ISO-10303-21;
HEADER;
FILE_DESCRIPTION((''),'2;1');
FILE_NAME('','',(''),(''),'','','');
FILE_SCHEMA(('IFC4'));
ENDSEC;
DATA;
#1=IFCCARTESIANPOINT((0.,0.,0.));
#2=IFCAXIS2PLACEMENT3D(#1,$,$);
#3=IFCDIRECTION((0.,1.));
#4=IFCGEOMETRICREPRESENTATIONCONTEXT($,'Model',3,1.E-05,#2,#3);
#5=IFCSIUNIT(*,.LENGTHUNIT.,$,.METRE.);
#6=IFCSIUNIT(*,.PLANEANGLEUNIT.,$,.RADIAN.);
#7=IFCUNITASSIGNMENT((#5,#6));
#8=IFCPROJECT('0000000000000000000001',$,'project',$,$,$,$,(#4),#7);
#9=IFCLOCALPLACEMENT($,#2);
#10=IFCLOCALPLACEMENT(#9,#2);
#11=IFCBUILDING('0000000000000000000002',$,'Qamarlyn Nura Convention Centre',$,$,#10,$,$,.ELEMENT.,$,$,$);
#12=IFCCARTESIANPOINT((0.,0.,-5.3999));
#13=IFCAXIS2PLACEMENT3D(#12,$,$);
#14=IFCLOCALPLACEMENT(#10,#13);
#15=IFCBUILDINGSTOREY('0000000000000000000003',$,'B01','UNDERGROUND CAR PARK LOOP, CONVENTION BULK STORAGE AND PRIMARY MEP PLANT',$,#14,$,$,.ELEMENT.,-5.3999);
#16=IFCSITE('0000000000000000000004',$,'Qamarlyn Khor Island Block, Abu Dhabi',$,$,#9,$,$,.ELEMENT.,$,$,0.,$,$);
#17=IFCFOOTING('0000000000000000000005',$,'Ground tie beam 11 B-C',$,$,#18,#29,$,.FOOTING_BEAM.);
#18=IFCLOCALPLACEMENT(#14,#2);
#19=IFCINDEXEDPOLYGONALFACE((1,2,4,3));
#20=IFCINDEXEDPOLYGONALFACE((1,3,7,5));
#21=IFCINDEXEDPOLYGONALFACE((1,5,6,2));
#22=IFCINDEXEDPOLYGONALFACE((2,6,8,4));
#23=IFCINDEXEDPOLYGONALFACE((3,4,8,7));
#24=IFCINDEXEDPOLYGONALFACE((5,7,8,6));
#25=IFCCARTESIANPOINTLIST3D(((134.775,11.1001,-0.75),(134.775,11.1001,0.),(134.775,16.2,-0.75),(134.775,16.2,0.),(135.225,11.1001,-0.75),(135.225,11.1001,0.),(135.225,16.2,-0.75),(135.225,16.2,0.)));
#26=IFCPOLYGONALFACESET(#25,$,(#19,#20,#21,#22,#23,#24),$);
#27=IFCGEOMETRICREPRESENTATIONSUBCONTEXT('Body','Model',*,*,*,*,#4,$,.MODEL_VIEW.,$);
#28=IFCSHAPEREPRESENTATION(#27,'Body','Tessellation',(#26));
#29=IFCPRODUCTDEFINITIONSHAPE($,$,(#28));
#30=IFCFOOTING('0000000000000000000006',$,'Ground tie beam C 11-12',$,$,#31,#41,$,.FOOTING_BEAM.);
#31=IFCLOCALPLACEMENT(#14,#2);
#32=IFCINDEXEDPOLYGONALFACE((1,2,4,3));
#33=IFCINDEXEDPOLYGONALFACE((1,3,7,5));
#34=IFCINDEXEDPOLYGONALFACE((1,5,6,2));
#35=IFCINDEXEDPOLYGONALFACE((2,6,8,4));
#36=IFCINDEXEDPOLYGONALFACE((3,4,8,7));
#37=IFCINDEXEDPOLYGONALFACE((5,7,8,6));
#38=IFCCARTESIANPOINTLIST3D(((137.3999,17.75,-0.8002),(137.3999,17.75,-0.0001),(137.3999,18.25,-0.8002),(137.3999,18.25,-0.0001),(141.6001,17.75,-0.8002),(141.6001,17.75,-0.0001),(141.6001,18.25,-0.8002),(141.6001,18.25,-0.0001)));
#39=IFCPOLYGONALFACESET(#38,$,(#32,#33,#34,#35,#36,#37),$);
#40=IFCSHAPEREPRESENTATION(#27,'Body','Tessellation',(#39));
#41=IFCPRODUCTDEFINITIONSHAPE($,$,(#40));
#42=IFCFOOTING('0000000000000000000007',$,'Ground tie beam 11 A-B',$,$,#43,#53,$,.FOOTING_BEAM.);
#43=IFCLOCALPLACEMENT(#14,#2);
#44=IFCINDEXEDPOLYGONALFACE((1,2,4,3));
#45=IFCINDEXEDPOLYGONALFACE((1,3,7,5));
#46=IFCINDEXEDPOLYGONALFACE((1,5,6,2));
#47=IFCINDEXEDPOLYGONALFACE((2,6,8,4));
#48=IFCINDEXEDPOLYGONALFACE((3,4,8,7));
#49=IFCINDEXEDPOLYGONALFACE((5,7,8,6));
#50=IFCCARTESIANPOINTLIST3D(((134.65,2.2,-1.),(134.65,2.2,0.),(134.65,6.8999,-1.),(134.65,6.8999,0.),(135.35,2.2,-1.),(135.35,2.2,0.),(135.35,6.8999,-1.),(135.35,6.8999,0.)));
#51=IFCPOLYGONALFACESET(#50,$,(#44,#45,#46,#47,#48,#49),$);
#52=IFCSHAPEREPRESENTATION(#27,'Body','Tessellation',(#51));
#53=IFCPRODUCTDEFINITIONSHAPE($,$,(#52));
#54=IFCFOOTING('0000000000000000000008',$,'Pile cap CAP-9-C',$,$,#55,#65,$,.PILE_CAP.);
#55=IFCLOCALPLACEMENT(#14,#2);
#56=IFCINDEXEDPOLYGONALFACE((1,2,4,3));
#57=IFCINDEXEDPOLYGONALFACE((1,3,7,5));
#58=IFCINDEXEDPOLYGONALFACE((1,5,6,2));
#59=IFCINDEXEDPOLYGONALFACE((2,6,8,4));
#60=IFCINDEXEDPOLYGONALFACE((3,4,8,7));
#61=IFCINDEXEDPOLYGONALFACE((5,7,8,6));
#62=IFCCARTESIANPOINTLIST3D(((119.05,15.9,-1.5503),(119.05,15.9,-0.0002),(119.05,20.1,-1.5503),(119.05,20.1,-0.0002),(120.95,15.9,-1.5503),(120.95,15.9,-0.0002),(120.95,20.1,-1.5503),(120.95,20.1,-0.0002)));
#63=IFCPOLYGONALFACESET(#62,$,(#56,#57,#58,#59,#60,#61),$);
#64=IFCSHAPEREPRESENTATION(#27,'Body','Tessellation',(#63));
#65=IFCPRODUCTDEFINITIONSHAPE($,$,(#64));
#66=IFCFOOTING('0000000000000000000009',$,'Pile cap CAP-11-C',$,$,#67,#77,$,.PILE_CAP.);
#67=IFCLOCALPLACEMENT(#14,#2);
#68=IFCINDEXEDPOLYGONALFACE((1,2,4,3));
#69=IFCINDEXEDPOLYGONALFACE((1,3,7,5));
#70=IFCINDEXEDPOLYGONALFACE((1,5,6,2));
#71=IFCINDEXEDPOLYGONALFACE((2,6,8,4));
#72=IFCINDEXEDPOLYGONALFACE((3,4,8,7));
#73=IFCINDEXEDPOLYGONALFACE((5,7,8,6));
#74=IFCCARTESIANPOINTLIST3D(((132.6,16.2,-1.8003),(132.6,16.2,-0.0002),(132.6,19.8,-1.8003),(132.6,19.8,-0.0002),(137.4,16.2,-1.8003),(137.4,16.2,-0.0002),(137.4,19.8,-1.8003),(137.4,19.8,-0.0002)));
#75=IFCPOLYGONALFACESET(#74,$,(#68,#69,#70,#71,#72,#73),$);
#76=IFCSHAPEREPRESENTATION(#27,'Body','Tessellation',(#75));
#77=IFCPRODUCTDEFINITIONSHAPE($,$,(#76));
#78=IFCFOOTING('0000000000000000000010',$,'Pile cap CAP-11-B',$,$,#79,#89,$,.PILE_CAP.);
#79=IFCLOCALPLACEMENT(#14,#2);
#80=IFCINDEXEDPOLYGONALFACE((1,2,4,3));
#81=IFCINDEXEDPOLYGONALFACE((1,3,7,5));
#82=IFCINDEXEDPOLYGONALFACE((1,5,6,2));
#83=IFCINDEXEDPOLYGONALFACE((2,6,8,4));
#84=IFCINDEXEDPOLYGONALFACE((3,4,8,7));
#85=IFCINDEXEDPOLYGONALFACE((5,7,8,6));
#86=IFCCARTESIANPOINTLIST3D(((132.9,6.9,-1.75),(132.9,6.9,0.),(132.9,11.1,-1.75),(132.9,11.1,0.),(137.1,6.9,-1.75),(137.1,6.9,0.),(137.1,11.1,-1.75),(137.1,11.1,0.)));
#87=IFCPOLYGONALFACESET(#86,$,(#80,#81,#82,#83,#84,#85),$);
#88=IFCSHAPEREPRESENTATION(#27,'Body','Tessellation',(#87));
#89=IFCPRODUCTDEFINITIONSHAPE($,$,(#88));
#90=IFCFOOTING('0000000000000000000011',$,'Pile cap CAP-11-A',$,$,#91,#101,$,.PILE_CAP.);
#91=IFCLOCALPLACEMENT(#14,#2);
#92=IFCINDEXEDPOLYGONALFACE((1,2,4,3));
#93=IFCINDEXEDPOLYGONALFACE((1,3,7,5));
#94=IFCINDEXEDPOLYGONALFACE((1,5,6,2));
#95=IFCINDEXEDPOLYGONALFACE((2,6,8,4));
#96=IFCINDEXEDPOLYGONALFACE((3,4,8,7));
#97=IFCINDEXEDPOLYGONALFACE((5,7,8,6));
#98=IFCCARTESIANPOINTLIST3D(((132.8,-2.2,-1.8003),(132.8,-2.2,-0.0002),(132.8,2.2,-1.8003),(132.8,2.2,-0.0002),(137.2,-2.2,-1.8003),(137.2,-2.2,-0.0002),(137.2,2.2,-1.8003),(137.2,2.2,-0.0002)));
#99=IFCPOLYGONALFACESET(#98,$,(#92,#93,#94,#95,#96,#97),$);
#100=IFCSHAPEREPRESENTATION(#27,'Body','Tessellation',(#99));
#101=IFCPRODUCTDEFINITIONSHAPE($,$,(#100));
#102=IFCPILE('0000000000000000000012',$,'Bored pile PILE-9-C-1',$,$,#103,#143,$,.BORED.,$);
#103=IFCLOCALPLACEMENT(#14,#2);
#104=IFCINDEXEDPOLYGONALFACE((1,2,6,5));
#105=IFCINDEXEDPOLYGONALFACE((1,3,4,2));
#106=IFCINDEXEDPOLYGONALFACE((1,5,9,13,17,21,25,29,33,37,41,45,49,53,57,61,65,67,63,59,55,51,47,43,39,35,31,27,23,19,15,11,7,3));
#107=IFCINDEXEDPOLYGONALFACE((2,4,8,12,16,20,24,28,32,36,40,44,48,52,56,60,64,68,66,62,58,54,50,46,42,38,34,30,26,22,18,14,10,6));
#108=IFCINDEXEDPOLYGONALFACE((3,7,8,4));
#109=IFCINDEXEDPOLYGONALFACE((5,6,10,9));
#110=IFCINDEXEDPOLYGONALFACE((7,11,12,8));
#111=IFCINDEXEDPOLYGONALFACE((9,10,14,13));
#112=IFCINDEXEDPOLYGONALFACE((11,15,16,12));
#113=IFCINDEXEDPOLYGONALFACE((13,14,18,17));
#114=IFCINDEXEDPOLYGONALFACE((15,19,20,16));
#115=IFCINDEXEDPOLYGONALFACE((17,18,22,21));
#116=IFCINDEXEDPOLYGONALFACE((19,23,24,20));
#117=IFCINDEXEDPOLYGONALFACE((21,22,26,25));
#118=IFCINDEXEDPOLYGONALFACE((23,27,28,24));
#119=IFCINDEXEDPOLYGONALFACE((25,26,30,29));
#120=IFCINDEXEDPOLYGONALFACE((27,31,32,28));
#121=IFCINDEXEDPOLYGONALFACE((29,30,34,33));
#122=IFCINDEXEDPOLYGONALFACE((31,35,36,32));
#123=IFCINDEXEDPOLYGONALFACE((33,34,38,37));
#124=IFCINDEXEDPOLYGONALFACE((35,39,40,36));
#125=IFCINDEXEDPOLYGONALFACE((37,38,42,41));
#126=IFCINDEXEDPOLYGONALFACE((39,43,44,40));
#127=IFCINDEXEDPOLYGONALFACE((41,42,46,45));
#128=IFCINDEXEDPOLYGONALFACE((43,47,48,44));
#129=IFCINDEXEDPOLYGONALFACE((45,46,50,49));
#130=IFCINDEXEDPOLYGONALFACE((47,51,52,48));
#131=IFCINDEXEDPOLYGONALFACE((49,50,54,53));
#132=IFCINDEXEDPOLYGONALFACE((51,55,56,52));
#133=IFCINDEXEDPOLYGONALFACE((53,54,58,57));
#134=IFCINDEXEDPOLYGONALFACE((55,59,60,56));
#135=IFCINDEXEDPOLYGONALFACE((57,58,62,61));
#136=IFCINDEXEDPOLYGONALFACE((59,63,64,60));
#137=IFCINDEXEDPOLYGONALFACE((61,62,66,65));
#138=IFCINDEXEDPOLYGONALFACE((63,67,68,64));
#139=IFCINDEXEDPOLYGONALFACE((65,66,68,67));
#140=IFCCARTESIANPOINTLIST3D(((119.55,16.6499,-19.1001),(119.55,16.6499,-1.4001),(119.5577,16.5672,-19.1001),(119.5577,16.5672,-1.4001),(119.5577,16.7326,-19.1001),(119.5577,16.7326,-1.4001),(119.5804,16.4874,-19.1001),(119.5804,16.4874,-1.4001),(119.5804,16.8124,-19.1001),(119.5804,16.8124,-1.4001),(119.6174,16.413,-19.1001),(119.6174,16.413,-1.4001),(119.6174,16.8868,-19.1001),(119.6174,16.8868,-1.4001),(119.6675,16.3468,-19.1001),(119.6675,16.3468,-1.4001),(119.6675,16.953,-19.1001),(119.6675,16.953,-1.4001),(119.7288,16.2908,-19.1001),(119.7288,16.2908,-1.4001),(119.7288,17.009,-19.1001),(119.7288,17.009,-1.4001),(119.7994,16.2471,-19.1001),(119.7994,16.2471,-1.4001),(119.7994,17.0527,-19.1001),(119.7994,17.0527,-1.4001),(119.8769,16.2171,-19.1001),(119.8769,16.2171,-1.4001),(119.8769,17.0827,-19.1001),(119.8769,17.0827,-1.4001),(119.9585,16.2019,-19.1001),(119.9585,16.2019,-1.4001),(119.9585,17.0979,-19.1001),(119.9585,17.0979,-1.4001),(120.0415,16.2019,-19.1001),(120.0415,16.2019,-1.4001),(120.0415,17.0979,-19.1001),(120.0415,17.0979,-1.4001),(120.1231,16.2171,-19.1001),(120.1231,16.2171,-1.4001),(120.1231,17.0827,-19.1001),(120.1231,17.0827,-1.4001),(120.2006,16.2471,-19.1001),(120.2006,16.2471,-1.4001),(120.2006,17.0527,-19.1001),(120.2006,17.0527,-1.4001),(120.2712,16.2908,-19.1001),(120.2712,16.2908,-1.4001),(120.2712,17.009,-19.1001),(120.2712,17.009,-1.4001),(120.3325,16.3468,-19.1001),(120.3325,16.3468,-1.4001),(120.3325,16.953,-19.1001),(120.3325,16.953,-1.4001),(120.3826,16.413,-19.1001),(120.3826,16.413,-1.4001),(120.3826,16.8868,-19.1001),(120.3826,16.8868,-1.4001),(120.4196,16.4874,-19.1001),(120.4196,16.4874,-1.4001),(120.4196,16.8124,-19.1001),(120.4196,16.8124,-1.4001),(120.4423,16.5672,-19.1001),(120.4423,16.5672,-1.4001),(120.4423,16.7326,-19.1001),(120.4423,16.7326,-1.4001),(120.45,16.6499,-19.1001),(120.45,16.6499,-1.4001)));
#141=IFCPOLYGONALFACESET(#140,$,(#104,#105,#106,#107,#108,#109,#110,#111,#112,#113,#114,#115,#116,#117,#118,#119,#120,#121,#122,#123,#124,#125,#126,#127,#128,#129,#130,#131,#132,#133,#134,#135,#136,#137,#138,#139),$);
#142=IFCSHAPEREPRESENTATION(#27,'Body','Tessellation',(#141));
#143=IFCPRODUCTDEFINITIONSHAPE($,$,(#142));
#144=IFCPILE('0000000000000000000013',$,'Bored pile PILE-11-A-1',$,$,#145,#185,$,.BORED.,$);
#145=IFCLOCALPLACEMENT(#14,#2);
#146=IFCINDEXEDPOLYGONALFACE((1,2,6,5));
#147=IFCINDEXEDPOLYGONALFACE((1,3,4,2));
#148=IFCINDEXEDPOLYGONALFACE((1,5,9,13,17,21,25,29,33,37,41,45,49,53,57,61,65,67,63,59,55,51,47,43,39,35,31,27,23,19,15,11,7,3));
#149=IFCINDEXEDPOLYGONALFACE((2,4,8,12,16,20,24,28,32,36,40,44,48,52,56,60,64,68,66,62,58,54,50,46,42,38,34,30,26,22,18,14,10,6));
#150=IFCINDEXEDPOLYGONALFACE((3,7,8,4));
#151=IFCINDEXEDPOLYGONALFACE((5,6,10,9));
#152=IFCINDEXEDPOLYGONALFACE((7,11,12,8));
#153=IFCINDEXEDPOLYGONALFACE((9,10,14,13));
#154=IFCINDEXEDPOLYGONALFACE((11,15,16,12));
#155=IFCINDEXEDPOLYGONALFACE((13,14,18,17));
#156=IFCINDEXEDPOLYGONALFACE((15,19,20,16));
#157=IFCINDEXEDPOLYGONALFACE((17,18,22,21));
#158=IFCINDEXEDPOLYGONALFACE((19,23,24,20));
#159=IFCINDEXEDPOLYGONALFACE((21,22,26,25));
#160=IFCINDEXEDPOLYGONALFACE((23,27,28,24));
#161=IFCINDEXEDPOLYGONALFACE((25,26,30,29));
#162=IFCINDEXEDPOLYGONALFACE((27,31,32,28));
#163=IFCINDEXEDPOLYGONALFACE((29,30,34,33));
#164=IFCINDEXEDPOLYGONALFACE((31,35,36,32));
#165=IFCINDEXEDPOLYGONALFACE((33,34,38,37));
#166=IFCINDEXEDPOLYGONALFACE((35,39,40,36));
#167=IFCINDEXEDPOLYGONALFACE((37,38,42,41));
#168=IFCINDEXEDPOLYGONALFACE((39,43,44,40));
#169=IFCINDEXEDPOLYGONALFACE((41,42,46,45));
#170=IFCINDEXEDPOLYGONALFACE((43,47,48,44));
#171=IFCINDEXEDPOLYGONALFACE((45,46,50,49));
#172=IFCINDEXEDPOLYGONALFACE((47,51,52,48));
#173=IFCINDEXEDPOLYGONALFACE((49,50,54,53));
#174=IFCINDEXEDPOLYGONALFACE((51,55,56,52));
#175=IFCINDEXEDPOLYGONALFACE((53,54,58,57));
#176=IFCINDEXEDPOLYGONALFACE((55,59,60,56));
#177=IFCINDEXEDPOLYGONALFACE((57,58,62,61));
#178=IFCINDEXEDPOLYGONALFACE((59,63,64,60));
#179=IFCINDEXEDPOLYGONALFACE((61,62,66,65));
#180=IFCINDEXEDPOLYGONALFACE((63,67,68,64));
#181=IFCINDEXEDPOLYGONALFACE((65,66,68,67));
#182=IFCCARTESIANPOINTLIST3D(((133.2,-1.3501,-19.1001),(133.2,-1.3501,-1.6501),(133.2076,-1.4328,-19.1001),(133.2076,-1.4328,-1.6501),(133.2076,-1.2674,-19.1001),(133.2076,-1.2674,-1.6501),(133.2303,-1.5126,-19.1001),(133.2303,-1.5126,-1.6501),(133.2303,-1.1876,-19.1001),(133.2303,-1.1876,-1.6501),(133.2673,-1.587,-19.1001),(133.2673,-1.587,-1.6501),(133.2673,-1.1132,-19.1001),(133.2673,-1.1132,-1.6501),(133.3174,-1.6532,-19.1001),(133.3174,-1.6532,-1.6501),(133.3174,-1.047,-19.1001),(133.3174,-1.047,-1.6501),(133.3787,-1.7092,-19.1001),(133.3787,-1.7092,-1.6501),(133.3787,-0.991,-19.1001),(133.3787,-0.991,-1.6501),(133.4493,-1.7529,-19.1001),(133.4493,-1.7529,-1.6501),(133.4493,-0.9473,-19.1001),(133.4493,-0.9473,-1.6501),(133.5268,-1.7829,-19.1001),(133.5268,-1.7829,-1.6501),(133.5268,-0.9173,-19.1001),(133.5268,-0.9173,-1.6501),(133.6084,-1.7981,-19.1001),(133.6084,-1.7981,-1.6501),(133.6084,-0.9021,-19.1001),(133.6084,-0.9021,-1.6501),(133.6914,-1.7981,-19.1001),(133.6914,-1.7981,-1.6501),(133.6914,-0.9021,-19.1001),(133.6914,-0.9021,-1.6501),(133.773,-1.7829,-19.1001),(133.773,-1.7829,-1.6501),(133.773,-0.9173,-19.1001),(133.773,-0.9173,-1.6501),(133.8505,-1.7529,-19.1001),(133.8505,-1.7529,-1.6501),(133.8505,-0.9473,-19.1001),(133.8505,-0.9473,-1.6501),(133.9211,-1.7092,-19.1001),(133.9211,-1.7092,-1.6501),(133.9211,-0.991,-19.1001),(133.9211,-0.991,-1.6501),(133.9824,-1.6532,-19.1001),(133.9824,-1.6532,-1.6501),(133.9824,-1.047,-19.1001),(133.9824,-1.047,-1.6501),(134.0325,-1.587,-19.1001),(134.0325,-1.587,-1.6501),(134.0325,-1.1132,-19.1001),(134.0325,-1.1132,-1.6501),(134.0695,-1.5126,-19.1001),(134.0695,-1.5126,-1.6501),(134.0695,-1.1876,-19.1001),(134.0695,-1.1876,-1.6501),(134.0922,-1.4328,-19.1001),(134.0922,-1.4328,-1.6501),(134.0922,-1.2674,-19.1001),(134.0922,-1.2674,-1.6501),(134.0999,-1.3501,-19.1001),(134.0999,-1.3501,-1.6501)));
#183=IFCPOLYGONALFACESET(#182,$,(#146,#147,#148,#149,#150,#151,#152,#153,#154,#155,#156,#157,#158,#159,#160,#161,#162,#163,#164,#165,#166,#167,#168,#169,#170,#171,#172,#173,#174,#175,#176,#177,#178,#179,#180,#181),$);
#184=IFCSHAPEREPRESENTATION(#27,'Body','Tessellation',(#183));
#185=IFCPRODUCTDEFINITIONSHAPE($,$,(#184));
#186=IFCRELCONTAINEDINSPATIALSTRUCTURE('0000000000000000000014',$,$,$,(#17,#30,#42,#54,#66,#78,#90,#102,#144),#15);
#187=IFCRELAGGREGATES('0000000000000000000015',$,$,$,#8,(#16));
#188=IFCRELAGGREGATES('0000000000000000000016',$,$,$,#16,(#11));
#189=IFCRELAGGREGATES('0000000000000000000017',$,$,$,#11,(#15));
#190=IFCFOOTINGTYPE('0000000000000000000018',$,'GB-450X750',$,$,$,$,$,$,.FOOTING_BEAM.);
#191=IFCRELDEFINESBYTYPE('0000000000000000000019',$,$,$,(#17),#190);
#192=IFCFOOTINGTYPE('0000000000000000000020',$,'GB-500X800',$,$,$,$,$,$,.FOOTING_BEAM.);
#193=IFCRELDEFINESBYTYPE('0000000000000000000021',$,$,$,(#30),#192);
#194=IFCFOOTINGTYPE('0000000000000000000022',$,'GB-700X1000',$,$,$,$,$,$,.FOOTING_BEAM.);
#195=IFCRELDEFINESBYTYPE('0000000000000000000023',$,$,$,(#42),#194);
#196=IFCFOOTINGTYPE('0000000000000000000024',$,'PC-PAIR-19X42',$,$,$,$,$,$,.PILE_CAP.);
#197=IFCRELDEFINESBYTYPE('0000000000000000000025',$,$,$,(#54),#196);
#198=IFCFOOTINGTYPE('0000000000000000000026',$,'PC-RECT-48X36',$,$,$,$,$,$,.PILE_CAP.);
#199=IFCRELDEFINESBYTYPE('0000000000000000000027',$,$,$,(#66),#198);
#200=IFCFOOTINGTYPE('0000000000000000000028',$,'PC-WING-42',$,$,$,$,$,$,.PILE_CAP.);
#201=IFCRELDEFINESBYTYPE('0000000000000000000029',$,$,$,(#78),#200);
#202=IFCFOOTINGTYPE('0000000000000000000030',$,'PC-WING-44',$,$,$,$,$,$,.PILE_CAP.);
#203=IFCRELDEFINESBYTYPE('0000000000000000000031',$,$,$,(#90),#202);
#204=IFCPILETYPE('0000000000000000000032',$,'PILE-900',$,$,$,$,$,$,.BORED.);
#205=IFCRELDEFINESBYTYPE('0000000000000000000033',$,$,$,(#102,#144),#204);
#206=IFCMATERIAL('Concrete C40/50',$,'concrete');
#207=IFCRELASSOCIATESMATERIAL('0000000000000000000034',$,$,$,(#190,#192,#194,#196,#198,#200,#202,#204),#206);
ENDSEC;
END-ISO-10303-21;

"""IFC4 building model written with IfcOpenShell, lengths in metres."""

from ifc_helpers import new_model, si_unit, direction, frame, origin, origin_2d, place, context, subcontext, project, spatial, rectangle, circle, extrude, material, material_profile, profile_set, type_object, element, save


model = new_model("IFC4")

# Units and contexts
model_context = context("Model", 3, precision=1e-05, world=origin(), true_north=direction((0.0, 1.0)))
body_context = subcontext(model_context, "Body", "Model", "MODEL_VIEW")
ifc_project = project(units=[si_unit("LENGTHUNIT", "METRE"), si_unit("PLANEANGLEUNIT", "RADIAN")], contexts=[model_context])

# Site, building, storey
site_placement = place(None, origin())
site = spatial("IfcSite", under=ifc_project, at=site_placement, Name="Qamarlyn Khor Island Block, Abu Dhabi", CompositionType="ELEMENT", RefElevation=0.0)
building_placement = place(site_placement, origin())
building = spatial("IfcBuilding", under=site, at=building_placement, Name="Qamarlyn Nura Convention Centre", CompositionType="ELEMENT")
storey_placement = place(building_placement, frame((0.0, 0.0, -5.3999)))
storey = spatial("IfcBuildingStorey", under=building, at=storey_placement, Name="B01", Description="UNDERGROUND CAR PARK LOOP, CONVENTION BULK STORAGE AND PRIMARY MEP PLANT", CompositionType="ELEMENT", Elevation=-5.3999)

# Footings
ifc_material_1 = material(Name="Concrete C40/50", Category="concrete")
ifc_material_profile_1 = material_profile(ifc_material_1, rectangle(XDim=0.45, YDim=0.75, at=origin_2d()), Name="RC GB 450x750")
ifc_profile_set_1 = profile_set([ifc_material_profile_1], Name="Concrete C40/50")
footing_type_1 = type_object("IfcFootingType", Name="GB-450X750", PredefinedType="FOOTING_BEAM", material=ifc_profile_set_1)
footing_1_placement = place(storey_placement, frame((135.0, 11.1001, -0.375), z_axis=(0.0, 1.0, 0.0), x_axis=(-1.0, 0.0, 0.0)))
element("IfcFooting", 1, at=footing_1_placement, inside=storey, type_object=footing_type_1, Name="Ground tie beam 11 B-C", PredefinedType="FOOTING_BEAM", context=body_context, shape_type="SweptSolid", body=[
    extrude(rectangle(XDim=0.45, YDim=0.75, at=origin_2d()), origin(), (0.0, 0.0, 1.0), 5.0999),
])
ifc_material_profile_2 = material_profile(ifc_material_1, rectangle(XDim=0.5, YDim=0.8, at=origin_2d()), Name="RC GB 500x800")
ifc_profile_set_2 = profile_set([ifc_material_profile_2], Name="Concrete C40/50")
footing_type_2 = type_object("IfcFootingType", Name="GB-500X800", PredefinedType="FOOTING_BEAM", material=ifc_profile_set_2)
footing_2_placement = place(storey_placement, frame((137.3999, 18.0, -0.4001), z_axis=(1.0, 0.0, 0.0), x_axis=(0.0, 1.0, 0.0)))
element("IfcFooting", 2, at=footing_2_placement, inside=storey, type_object=footing_type_2, Name="Ground tie beam C 11-12", PredefinedType="FOOTING_BEAM", context=body_context, shape_type="SweptSolid", body=[
    extrude(rectangle(XDim=0.5, YDim=0.8, at=origin_2d()), origin(), (0.0, 0.0, 1.0), 4.2002),
])
ifc_material_profile_3 = material_profile(ifc_material_1, rectangle(XDim=0.7, YDim=1.0, at=origin_2d()), Name="RC GB 700x1000")
ifc_profile_set_3 = profile_set([ifc_material_profile_3], Name="Concrete C40/50")
footing_type_3 = type_object("IfcFootingType", Name="GB-700X1000", PredefinedType="FOOTING_BEAM", material=ifc_profile_set_3)
footing_3_placement = place(storey_placement, frame((135.0, 2.2, -0.5), z_axis=(0.0, 1.0, 0.0), x_axis=(-1.0, 0.0, 0.0)))
element("IfcFooting", 3, at=footing_3_placement, inside=storey, type_object=footing_type_3, Name="Ground tie beam 11 A-B", PredefinedType="FOOTING_BEAM", context=body_context, shape_type="SweptSolid", body=[
    extrude(rectangle(XDim=0.7, YDim=1.0, at=origin_2d()), origin(), (0.0, 0.0, 1.0), 4.7),
])
footing_type_4 = type_object("IfcFootingType", Name="PC-PAIR-19X42", PredefinedType="PILE_CAP", material=ifc_material_1)
footing_4_placement = place(storey_placement, frame((120.0, 18.0, -1.5503), z_axis=(0.0, 0.0, 1.0), x_axis=(1.0, 0.0, 0.0)))
element("IfcFooting", 4, at=footing_4_placement, inside=storey, type_object=footing_type_4, Name="Pile cap CAP-9-C", PredefinedType="PILE_CAP", context=body_context, shape_type="SweptSolid", body=[
    extrude(rectangle(XDim=1.8999, YDim=4.2, at=origin_2d()), origin(), (0.0, 0.0, 1.0), 1.55),
])
footing_type_5 = type_object("IfcFootingType", Name="PC-RECT-48X36", PredefinedType="PILE_CAP", material=ifc_material_1)
footing_5_placement = place(storey_placement, frame((135.0, 18.0, -1.8003), z_axis=(0.0, 0.0, 1.0), x_axis=(1.0, 0.0, 0.0)))
element("IfcFooting", 5, at=footing_5_placement, inside=storey, type_object=footing_type_5, Name="Pile cap CAP-11-C", PredefinedType="PILE_CAP", context=body_context, shape_type="SweptSolid", body=[
    extrude(rectangle(XDim=4.8, YDim=3.6001, at=origin_2d()), origin(), (0.0, 0.0, 1.0), 1.8),
])
footing_type_6 = type_object("IfcFootingType", Name="PC-WING-42", PredefinedType="PILE_CAP", material=ifc_material_1)
footing_6_placement = place(storey_placement, frame((135.0, 9.0, -1.75), z_axis=(0.0, 0.0, 1.0), x_axis=(1.0, 0.0, 0.0)))
element("IfcFooting", 6, at=footing_6_placement, inside=storey, type_object=footing_type_6, Name="Pile cap CAP-11-B", PredefinedType="PILE_CAP", context=body_context, shape_type="SweptSolid", body=[
    extrude(rectangle(XDim=4.2, YDim=4.2, at=origin_2d()), origin(), (0.0, 0.0, 1.0), 1.75),
])
footing_type_7 = type_object("IfcFootingType", Name="PC-WING-44", PredefinedType="PILE_CAP", material=ifc_material_1)
footing_7_placement = place(storey_placement, frame((135.0, 0.0, -1.8003), z_axis=(0.0, 0.0, 1.0), x_axis=(1.0, 0.0, 0.0)))
element("IfcFooting", 7, at=footing_7_placement, inside=storey, type_object=footing_type_7, Name="Pile cap CAP-11-A", PredefinedType="PILE_CAP", context=body_context, shape_type="SweptSolid", body=[
    extrude(rectangle(XDim=4.3999, YDim=4.3999, at=origin_2d()), origin(), (0.0, 0.0, 1.0), 1.8),
])

# Piles
ifc_material_profile_4 = material_profile(ifc_material_1, circle(Radius=0.45, at=origin_2d()), Name="BORED PILE 900")
ifc_profile_set_4 = profile_set([ifc_material_profile_4], Name="Concrete C40/50")
pile_type = type_object("IfcPileType", Name="PILE-900", PredefinedType="BORED", material=ifc_profile_set_4)
pile_placement = place(storey_placement, frame((120.0, 16.6499, -1.4001), z_axis=(0.0, 0.0, -1.0), x_axis=(1.0, 0.0, 0.0)))
element("IfcPile", 8, at=pile_placement, inside=storey, type_object=pile_type, Name="Bored pile PILE-9-C-1", PredefinedType="BORED", context=body_context, shape_type="SweptSolid", body=[
    extrude(circle(Radius=0.45, at=origin_2d()), origin(), (0.0, 0.0, 1.0), 17.7),
])
for number, where, z_axis, x_axis, name in (
    (9, (133.6499, -1.3501, -1.6501), (0.0, 0.0, -1.0), (1.0, 0.0, 0.0), "Bored pile PILE-11-A-1"),
):
    element("IfcPile", number, at=place(storey_placement, frame(where, z_axis=z_axis, x_axis=x_axis)), inside=storey, type_object=pile_type, Name=name, PredefinedType="BORED", context=body_context, shape_type="SweptSolid", body=[
        extrude(circle(Radius=0.45, at=origin_2d()), origin(), (0.0, 0.0, 1.0), 17.45),
    ])

save(model, "model.ifc")
